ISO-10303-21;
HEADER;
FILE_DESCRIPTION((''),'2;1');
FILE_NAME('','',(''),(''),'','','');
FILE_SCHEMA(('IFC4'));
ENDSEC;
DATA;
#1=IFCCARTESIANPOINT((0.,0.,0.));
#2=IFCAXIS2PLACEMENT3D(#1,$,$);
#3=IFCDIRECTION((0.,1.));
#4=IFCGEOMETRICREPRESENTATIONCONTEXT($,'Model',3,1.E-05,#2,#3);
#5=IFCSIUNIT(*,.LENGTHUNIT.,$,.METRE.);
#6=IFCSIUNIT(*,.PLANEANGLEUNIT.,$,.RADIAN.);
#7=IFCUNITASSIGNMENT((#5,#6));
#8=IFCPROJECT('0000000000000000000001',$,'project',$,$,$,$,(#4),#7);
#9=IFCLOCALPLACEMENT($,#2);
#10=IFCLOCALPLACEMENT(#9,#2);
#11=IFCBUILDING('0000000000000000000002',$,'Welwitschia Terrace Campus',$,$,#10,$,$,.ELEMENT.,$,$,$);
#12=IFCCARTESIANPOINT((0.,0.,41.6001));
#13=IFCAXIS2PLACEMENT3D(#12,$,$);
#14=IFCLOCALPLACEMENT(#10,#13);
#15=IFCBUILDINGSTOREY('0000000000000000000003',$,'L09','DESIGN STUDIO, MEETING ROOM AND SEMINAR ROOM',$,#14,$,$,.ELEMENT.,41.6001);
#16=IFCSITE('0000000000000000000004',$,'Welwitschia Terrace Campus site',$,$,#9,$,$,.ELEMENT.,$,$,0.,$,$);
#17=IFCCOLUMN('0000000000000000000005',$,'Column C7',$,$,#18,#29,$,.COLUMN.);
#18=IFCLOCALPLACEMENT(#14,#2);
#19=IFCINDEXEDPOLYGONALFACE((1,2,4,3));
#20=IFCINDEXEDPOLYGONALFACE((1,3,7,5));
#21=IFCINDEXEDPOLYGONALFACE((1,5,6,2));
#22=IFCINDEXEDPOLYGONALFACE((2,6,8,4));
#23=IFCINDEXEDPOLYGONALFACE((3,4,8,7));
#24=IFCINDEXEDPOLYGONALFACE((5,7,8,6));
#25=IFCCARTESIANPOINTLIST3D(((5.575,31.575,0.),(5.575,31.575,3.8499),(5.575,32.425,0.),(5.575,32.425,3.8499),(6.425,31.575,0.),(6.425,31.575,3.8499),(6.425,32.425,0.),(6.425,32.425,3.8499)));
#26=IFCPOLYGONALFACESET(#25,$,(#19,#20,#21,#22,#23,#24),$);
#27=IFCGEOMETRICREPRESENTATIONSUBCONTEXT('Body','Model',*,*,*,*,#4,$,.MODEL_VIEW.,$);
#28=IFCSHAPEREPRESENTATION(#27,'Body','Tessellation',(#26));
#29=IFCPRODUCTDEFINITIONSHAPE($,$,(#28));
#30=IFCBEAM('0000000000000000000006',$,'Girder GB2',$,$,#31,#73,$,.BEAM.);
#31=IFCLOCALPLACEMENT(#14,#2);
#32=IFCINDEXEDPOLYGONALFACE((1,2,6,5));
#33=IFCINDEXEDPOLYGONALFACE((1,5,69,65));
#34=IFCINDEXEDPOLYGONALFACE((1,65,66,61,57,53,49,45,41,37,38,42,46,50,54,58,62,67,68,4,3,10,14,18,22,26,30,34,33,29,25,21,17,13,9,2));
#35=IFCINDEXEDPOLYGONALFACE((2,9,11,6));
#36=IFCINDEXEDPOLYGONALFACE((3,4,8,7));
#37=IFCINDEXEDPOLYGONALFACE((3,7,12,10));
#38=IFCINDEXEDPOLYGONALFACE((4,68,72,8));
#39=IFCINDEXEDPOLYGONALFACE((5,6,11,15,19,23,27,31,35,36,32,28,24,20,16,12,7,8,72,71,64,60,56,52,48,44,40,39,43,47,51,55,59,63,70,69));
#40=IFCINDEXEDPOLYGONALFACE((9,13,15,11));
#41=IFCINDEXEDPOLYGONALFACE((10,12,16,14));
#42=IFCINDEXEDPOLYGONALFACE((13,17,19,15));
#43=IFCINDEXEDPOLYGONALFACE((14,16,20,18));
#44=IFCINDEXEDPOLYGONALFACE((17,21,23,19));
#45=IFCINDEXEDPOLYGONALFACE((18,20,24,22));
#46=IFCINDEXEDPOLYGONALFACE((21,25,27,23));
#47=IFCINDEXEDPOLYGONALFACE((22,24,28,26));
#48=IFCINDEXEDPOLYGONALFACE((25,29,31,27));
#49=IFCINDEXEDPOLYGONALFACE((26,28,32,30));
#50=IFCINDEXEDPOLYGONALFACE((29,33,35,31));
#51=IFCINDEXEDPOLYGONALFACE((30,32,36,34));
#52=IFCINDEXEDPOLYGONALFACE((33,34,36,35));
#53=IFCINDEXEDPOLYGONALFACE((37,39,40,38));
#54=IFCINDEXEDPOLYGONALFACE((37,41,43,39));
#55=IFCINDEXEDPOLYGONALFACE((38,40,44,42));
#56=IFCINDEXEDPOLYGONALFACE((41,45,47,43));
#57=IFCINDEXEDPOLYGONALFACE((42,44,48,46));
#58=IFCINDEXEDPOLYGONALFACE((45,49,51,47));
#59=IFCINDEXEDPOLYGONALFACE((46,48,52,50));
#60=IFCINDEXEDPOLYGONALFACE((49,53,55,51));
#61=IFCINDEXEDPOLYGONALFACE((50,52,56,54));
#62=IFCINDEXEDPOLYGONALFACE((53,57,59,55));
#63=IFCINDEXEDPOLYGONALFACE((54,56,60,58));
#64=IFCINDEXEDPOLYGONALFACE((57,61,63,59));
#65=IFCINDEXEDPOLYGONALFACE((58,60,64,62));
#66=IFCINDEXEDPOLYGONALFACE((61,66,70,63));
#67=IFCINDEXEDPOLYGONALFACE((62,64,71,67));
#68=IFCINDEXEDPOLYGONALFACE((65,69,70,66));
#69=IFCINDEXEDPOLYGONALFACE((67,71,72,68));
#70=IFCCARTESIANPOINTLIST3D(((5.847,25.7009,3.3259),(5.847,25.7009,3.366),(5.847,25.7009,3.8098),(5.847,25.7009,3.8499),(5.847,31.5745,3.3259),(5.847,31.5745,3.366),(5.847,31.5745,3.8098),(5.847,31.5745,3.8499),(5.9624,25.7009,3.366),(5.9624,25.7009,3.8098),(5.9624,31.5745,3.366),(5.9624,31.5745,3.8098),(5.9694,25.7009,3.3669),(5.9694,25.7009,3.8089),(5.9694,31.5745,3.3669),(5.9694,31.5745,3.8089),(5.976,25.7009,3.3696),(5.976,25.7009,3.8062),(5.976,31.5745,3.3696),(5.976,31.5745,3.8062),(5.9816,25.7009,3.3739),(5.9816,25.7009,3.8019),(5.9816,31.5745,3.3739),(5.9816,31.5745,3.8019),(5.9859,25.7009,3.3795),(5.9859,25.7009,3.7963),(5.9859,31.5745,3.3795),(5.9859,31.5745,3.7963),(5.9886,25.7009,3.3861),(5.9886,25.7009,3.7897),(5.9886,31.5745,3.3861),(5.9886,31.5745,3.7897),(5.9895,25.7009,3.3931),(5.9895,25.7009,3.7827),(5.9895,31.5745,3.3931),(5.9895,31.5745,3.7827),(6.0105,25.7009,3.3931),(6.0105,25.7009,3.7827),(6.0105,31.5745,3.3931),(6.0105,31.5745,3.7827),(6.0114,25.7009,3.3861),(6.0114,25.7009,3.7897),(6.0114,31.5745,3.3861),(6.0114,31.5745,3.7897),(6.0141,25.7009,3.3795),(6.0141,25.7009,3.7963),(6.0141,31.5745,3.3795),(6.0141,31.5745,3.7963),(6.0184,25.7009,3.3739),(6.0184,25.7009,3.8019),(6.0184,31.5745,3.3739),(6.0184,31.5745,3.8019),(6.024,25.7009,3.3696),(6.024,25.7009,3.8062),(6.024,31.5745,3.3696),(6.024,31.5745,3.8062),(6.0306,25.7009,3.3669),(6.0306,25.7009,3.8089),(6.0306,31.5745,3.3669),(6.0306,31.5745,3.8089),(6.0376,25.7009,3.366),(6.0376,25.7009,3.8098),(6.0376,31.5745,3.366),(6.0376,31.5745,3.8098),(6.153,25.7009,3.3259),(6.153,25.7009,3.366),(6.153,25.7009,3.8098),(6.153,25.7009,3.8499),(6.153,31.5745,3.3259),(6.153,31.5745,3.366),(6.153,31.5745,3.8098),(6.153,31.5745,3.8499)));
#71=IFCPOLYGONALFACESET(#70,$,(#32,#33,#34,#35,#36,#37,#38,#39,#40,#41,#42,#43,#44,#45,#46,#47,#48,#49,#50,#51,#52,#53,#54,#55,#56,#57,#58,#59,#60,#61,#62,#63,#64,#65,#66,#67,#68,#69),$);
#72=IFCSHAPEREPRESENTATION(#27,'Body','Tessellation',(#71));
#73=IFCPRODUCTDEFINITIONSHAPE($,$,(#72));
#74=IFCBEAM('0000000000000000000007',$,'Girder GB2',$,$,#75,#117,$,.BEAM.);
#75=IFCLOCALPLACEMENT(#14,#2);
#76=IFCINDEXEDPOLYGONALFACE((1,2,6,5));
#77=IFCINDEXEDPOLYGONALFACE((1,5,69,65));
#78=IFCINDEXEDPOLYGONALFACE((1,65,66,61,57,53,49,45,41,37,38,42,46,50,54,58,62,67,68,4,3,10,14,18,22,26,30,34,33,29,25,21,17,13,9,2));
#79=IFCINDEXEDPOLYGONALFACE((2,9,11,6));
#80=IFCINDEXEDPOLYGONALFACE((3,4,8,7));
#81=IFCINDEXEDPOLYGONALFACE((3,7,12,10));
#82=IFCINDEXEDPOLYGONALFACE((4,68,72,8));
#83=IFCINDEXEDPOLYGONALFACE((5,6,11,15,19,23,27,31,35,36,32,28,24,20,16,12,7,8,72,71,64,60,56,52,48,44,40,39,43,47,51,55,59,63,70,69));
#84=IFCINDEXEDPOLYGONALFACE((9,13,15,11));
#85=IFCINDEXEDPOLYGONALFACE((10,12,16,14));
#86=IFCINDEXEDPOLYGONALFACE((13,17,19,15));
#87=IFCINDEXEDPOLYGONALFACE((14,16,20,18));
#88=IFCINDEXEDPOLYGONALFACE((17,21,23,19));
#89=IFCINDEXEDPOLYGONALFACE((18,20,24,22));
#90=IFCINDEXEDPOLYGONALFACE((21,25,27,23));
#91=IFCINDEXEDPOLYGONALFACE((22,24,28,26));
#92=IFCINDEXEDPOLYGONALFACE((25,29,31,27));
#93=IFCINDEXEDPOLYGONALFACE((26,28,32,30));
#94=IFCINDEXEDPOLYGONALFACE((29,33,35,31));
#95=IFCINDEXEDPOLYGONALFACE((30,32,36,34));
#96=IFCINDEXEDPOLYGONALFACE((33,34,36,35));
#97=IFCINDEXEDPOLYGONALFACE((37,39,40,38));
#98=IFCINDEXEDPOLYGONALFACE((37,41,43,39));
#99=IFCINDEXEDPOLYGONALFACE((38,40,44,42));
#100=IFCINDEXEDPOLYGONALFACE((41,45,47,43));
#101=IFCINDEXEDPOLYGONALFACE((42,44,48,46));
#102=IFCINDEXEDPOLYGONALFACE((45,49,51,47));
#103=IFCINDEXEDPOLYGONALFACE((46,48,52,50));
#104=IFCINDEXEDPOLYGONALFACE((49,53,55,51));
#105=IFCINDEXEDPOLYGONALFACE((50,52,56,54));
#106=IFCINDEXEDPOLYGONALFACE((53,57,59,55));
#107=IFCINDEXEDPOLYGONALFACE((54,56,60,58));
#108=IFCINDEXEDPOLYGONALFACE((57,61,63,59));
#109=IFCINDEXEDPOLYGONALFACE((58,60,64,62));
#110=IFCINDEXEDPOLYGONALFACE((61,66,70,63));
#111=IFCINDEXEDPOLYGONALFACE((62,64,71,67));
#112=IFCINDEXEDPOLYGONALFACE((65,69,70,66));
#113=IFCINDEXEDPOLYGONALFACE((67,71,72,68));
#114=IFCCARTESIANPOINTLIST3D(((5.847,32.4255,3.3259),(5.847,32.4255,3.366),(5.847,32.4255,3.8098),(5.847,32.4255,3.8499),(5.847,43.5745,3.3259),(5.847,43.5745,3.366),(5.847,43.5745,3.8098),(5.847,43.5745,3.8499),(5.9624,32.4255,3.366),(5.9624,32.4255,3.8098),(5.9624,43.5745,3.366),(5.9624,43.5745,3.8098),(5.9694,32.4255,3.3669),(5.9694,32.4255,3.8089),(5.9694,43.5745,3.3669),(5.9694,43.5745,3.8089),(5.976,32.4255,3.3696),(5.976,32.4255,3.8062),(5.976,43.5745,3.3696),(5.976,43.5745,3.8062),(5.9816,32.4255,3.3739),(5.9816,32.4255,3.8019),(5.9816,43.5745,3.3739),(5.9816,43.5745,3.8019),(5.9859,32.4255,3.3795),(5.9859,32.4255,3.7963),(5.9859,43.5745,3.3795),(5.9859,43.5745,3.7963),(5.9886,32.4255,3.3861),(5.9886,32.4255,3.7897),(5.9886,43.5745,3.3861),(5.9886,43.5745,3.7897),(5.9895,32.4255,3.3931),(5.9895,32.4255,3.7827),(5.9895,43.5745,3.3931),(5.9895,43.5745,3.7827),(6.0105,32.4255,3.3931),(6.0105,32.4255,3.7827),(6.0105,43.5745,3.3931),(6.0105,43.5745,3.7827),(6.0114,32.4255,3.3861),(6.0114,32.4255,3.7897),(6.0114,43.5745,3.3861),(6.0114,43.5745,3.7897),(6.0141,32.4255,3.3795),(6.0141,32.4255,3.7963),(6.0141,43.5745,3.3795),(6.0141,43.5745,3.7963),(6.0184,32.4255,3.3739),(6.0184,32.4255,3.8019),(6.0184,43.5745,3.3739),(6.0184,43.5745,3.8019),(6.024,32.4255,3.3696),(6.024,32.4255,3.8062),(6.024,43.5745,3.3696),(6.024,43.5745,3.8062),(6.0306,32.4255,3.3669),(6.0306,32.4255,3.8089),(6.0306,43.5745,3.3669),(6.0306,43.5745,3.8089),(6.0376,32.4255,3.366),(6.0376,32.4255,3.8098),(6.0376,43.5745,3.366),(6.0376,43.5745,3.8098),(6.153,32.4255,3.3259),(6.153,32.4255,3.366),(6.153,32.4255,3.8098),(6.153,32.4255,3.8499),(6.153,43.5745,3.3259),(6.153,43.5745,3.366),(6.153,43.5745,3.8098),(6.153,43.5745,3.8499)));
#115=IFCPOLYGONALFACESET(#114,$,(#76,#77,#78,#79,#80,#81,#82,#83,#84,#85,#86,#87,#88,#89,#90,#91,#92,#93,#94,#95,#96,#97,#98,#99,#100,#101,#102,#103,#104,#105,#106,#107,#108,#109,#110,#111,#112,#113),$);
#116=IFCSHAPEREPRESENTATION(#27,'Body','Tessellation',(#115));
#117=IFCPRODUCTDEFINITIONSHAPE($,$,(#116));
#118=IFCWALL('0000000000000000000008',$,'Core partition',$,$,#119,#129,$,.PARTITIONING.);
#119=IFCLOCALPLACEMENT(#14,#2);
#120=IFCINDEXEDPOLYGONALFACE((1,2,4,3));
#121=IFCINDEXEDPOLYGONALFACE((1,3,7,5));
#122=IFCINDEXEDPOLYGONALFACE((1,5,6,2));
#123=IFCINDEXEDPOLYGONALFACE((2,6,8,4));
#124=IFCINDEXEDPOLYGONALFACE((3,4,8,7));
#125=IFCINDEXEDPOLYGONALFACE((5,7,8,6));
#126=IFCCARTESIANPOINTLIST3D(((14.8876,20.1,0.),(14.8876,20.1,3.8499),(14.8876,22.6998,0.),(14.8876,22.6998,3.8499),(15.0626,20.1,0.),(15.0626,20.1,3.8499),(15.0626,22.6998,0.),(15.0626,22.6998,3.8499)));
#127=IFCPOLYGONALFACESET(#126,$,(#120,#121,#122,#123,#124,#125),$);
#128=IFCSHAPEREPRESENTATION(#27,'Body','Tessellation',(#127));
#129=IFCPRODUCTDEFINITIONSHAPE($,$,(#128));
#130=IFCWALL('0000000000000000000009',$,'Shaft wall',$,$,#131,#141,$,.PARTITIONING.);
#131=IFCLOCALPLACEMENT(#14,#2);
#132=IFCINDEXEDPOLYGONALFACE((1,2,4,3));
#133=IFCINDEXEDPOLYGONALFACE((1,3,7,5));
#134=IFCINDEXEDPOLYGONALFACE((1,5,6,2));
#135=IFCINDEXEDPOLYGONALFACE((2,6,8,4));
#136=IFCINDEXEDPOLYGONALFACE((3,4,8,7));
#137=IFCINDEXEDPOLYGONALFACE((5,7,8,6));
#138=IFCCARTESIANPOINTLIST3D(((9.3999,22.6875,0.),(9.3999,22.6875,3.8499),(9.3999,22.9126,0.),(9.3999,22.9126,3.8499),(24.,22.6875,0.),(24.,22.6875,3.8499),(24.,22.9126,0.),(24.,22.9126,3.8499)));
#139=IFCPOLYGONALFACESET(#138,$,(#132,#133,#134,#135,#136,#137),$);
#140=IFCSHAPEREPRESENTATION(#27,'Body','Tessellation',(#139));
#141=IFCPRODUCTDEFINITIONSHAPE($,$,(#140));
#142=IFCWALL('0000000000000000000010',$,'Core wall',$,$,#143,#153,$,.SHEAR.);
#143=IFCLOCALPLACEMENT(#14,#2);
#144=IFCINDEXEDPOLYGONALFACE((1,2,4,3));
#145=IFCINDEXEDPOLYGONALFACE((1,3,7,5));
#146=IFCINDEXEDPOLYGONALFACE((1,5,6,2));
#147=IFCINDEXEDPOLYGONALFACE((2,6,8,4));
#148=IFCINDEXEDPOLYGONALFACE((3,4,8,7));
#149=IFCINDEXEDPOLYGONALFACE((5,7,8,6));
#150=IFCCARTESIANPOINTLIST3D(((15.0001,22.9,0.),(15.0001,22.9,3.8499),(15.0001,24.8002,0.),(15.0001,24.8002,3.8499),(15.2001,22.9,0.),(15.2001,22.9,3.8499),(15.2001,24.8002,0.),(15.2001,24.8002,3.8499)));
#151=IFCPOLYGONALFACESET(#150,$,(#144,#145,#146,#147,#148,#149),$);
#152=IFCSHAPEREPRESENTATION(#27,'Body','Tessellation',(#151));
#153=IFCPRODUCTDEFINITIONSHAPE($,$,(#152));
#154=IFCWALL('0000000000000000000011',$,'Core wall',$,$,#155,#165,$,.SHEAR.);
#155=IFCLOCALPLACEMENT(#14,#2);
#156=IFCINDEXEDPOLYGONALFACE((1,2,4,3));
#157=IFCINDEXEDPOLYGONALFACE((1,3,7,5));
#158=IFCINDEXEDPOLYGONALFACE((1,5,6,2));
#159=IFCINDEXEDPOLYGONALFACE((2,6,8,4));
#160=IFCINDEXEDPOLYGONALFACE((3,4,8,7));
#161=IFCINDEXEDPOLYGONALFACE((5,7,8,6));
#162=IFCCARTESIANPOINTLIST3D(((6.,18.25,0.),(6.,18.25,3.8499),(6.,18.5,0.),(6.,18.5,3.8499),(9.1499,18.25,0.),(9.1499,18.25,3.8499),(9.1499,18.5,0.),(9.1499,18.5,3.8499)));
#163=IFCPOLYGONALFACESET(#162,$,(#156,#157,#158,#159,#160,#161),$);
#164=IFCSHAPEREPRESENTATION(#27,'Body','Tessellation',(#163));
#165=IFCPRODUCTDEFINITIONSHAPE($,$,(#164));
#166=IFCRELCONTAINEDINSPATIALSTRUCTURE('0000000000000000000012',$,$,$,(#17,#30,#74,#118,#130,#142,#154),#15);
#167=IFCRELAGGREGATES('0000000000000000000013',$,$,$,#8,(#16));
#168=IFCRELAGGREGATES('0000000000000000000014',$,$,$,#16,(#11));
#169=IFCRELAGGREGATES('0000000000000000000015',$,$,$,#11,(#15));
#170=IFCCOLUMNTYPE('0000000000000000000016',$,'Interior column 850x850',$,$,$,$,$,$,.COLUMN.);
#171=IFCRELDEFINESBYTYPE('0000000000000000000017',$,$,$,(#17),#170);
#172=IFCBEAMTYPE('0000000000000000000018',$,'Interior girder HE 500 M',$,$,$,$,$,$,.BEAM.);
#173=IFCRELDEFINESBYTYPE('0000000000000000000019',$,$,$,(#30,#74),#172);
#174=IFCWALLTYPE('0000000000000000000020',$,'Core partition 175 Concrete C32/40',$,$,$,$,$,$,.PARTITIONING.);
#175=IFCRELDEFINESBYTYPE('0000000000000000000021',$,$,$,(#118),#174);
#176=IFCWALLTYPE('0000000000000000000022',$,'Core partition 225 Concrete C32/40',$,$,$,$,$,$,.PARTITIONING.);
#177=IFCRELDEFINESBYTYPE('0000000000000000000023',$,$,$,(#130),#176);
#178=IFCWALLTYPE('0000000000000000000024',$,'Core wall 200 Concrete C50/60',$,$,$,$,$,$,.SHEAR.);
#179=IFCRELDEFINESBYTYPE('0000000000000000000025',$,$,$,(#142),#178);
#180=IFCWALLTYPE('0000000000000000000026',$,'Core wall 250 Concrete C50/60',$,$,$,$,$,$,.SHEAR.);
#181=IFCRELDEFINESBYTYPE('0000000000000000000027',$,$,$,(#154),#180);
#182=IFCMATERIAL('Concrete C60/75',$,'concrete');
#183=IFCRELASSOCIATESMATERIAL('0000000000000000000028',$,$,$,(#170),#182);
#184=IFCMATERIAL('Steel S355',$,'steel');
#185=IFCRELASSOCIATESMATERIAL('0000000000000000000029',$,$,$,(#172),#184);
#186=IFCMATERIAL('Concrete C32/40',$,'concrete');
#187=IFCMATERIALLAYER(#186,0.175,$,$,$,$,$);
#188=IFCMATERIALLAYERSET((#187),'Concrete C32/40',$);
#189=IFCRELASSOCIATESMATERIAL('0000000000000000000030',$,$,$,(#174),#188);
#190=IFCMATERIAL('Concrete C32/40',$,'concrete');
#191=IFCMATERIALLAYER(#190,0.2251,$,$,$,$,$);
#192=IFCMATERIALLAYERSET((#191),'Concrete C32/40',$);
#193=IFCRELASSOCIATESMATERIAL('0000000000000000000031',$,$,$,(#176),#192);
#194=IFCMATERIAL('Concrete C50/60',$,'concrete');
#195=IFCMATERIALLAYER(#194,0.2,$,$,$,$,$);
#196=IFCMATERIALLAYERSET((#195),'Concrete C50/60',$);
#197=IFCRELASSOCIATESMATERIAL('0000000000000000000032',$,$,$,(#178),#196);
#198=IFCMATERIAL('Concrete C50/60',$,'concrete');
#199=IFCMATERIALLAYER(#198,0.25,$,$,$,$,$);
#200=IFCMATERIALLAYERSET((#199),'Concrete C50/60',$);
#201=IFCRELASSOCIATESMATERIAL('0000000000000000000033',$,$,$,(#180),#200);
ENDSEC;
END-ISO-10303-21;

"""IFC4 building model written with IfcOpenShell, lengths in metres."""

from ifc_helpers import new_model, si_unit, direction, frame, frame_2d, origin, origin_2d, place, context, subcontext, project, spatial, rectangle, i_section, extrude, material, layer, layer_set, material_profile, profile_set, type_object, element, save


model = new_model("IFC4")

# Units and contexts
model_context = context("Model", 3, precision=1e-05, world=origin(), true_north=direction((0.0, 1.0)))
body_context = subcontext(model_context, "Body", "Model", "MODEL_VIEW")
ifc_project = project(units=[si_unit("LENGTHUNIT", "METRE"), si_unit("PLANEANGLEUNIT", "RADIAN")], contexts=[model_context])

# Site, building, storey
site_placement = place(None, origin())
site = spatial("IfcSite", under=ifc_project, at=site_placement, Name="Welwitschia Terrace Campus site", CompositionType="ELEMENT", RefElevation=0.0)
building_placement = place(site_placement, origin())
building = spatial("IfcBuilding", under=site, at=building_placement, Name="Welwitschia Terrace Campus", CompositionType="ELEMENT")
storey_placement = place(building_placement, frame((0.0, 0.0, 41.6001)))
storey = spatial("IfcBuildingStorey", under=building, at=storey_placement, Name="L09", Description="DESIGN STUDIO, MEETING ROOM AND SEMINAR ROOM", CompositionType="ELEMENT", Elevation=41.6001)

# Column
ifc_material_1 = material(Name="Concrete C60/75", Category="concrete")
ifc_material_profile_1 = material_profile(ifc_material_1, rectangle(XDim=0.8501, YDim=0.8501, at=origin_2d()))
ifc_profile_set_1 = profile_set([ifc_material_profile_1], Name="Concrete C60/75")
column_type = type_object("IfcColumnType", Name="Interior column 850x850", PredefinedType="COLUMN", material=ifc_profile_set_1)
column_placement = place(storey_placement, frame((6.0, 32.0, 0.0), z_axis=(0.0, 0.0, 1.0), x_axis=(1.0, 0.0, 0.0)))
element("IfcColumn", 1, at=column_placement, inside=storey, type_object=column_type, Name="Column C7", PredefinedType="COLUMN", context=body_context, shape_type="SweptSolid", body=[
    extrude(rectangle(XDim=0.8501, YDim=0.8501, at=origin_2d()), origin(), (0.0, 0.0, 1.0), 3.8499),
])

# Beams
ifc_material_2 = material(Name="Steel S355", Category="steel")
ifc_material_profile_2 = material_profile(ifc_material_2, i_section(OverallWidth=0.3059, OverallDepth=0.5239, WebThickness=0.021, FlangeThickness=0.04, FilletRadius=0.0271, at=origin_2d()))
ifc_profile_set_2 = profile_set([ifc_material_profile_2], Name="Steel S355")
beam_type = type_object("IfcBeamType", Name="Interior girder HE 500 M", PredefinedType="BEAM", material=ifc_profile_set_2)
beam_1_placement = place(storey_placement, frame((6.0, 25.7009, 3.5879), z_axis=(0.0, 1.0, 0.0), x_axis=(-1.0, 0.0, 0.0)))
element("IfcBeam", 2, at=beam_1_placement, inside=storey, type_object=beam_type, Name="Girder GB2", PredefinedType="BEAM", context=body_context, shape_type="SweptSolid", body=[
    extrude(i_section(OverallWidth=0.3059, OverallDepth=0.5239, WebThickness=0.021, FlangeThickness=0.04, FilletRadius=0.0271, at=origin_2d()), origin(), (0.0, 0.0, 1.0), 5.8735),
])
beam_2_placement = place(storey_placement, frame((6.0, 32.4255, 3.5879), z_axis=(0.0, 1.0, 0.0), x_axis=(-1.0, 0.0, 0.0)))
element("IfcBeam", 3, at=beam_2_placement, inside=storey, type_object=beam_type, Name="Girder GB2", PredefinedType="BEAM", context=body_context, shape_type="SweptSolid", body=[
    extrude(i_section(OverallWidth=0.3059, OverallDepth=0.5239, WebThickness=0.021, FlangeThickness=0.04, FilletRadius=0.0271, at=origin_2d()), origin(), (0.0, 0.0, 1.0), 11.1489),
])

# Walls
ifc_material_3 = material(Name="Concrete C32/40", Category="concrete")
ifc_layer_1 = layer(ifc_material_3, 0.175)
ifc_layer_set_1 = layer_set([ifc_layer_1], Name="Concrete C32/40")
wall_type_1 = type_object("IfcWallType", Name="Core partition 175 Concrete C32/40", PredefinedType="PARTITIONING", material=ifc_layer_set_1)
wall_1_placement = place(storey_placement, frame((14.9751, 20.1001, 0.0), z_axis=(0.0, 0.0, 1.0), x_axis=(0.0, 1.0, 0.0)))
element("IfcWall", 4, at=wall_1_placement, inside=storey, type_object=wall_type_1, Name="Core partition", PredefinedType="PARTITIONING", context=body_context, shape_type="SweptSolid", body=[
    extrude(rectangle(XDim=2.5999, YDim=0.175, at=frame_2d((1.2998, 0.0))), origin(), (0.0, 0.0, 1.0), 3.8499),
])
ifc_material_4 = material(Name="Concrete C32/40", Category="concrete")
ifc_layer_2 = layer(ifc_material_4, 0.2251)
ifc_layer_set_2 = layer_set([ifc_layer_2], Name="Concrete C32/40")
wall_type_2 = type_object("IfcWallType", Name="Core partition 225 Concrete C32/40", PredefinedType="PARTITIONING", material=ifc_layer_set_2)
wall_2_placement = place(storey_placement, frame((9.3999, 22.8, 0.0), z_axis=(0.0, 0.0, 1.0), x_axis=(1.0, 0.0, 0.0)))
element("IfcWall", 5, at=wall_2_placement, inside=storey, type_object=wall_type_2, Name="Shaft wall", PredefinedType="PARTITIONING", context=body_context, shape_type="SweptSolid", body=[
    extrude(rectangle(XDim=14.6001, YDim=0.2251, at=frame_2d((7.3, 0.0))), origin(), (0.0, 0.0, 1.0), 3.8499),
])
ifc_material_5 = material(Name="Concrete C50/60", Category="concrete")
ifc_layer_3 = layer(ifc_material_5, 0.2)
ifc_layer_set_3 = layer_set([ifc_layer_3], Name="Concrete C50/60")
wall_type_3 = type_object("IfcWallType", Name="Core wall 200 Concrete C50/60", PredefinedType="SHEAR", material=ifc_layer_set_3)
wall_3_placement = place(storey_placement, frame((15.1001, 22.8999, 0.0), z_axis=(0.0, 0.0, 1.0), x_axis=(0.0, 1.0, 0.0)))
element("IfcWall", 6, at=wall_3_placement, inside=storey, type_object=wall_type_3, Name="Core wall", PredefinedType="SHEAR", context=body_context, shape_type="SweptSolid", body=[
    extrude(rectangle(XDim=1.9001, YDim=0.2, at=frame_2d((0.9502, 0.0))), origin(), (0.0, 0.0, 1.0), 3.8499),
])
ifc_material_6 = material(Name="Concrete C50/60", Category="concrete")
ifc_layer_4 = layer(ifc_material_6, 0.25)
ifc_layer_set_4 = layer_set([ifc_layer_4], Name="Concrete C50/60")
wall_type_4 = type_object("IfcWallType", Name="Core wall 250 Concrete C50/60", PredefinedType="SHEAR", material=ifc_layer_set_4)
wall_4_placement = place(storey_placement, frame((6.0, 18.375, 0.0), z_axis=(0.0, 0.0, 1.0), x_axis=(1.0, 0.0, 0.0)))
element("IfcWall", 7, at=wall_4_placement, inside=storey, type_object=wall_type_4, Name="Core wall", PredefinedType="SHEAR", context=body_context, shape_type="SweptSolid", body=[
    extrude(rectangle(XDim=3.1499, YDim=0.25, at=frame_2d((1.575, 0.0))), origin(), (0.0, 0.0, 1.0), 3.8499),
])

save(model, "model.ifc")
